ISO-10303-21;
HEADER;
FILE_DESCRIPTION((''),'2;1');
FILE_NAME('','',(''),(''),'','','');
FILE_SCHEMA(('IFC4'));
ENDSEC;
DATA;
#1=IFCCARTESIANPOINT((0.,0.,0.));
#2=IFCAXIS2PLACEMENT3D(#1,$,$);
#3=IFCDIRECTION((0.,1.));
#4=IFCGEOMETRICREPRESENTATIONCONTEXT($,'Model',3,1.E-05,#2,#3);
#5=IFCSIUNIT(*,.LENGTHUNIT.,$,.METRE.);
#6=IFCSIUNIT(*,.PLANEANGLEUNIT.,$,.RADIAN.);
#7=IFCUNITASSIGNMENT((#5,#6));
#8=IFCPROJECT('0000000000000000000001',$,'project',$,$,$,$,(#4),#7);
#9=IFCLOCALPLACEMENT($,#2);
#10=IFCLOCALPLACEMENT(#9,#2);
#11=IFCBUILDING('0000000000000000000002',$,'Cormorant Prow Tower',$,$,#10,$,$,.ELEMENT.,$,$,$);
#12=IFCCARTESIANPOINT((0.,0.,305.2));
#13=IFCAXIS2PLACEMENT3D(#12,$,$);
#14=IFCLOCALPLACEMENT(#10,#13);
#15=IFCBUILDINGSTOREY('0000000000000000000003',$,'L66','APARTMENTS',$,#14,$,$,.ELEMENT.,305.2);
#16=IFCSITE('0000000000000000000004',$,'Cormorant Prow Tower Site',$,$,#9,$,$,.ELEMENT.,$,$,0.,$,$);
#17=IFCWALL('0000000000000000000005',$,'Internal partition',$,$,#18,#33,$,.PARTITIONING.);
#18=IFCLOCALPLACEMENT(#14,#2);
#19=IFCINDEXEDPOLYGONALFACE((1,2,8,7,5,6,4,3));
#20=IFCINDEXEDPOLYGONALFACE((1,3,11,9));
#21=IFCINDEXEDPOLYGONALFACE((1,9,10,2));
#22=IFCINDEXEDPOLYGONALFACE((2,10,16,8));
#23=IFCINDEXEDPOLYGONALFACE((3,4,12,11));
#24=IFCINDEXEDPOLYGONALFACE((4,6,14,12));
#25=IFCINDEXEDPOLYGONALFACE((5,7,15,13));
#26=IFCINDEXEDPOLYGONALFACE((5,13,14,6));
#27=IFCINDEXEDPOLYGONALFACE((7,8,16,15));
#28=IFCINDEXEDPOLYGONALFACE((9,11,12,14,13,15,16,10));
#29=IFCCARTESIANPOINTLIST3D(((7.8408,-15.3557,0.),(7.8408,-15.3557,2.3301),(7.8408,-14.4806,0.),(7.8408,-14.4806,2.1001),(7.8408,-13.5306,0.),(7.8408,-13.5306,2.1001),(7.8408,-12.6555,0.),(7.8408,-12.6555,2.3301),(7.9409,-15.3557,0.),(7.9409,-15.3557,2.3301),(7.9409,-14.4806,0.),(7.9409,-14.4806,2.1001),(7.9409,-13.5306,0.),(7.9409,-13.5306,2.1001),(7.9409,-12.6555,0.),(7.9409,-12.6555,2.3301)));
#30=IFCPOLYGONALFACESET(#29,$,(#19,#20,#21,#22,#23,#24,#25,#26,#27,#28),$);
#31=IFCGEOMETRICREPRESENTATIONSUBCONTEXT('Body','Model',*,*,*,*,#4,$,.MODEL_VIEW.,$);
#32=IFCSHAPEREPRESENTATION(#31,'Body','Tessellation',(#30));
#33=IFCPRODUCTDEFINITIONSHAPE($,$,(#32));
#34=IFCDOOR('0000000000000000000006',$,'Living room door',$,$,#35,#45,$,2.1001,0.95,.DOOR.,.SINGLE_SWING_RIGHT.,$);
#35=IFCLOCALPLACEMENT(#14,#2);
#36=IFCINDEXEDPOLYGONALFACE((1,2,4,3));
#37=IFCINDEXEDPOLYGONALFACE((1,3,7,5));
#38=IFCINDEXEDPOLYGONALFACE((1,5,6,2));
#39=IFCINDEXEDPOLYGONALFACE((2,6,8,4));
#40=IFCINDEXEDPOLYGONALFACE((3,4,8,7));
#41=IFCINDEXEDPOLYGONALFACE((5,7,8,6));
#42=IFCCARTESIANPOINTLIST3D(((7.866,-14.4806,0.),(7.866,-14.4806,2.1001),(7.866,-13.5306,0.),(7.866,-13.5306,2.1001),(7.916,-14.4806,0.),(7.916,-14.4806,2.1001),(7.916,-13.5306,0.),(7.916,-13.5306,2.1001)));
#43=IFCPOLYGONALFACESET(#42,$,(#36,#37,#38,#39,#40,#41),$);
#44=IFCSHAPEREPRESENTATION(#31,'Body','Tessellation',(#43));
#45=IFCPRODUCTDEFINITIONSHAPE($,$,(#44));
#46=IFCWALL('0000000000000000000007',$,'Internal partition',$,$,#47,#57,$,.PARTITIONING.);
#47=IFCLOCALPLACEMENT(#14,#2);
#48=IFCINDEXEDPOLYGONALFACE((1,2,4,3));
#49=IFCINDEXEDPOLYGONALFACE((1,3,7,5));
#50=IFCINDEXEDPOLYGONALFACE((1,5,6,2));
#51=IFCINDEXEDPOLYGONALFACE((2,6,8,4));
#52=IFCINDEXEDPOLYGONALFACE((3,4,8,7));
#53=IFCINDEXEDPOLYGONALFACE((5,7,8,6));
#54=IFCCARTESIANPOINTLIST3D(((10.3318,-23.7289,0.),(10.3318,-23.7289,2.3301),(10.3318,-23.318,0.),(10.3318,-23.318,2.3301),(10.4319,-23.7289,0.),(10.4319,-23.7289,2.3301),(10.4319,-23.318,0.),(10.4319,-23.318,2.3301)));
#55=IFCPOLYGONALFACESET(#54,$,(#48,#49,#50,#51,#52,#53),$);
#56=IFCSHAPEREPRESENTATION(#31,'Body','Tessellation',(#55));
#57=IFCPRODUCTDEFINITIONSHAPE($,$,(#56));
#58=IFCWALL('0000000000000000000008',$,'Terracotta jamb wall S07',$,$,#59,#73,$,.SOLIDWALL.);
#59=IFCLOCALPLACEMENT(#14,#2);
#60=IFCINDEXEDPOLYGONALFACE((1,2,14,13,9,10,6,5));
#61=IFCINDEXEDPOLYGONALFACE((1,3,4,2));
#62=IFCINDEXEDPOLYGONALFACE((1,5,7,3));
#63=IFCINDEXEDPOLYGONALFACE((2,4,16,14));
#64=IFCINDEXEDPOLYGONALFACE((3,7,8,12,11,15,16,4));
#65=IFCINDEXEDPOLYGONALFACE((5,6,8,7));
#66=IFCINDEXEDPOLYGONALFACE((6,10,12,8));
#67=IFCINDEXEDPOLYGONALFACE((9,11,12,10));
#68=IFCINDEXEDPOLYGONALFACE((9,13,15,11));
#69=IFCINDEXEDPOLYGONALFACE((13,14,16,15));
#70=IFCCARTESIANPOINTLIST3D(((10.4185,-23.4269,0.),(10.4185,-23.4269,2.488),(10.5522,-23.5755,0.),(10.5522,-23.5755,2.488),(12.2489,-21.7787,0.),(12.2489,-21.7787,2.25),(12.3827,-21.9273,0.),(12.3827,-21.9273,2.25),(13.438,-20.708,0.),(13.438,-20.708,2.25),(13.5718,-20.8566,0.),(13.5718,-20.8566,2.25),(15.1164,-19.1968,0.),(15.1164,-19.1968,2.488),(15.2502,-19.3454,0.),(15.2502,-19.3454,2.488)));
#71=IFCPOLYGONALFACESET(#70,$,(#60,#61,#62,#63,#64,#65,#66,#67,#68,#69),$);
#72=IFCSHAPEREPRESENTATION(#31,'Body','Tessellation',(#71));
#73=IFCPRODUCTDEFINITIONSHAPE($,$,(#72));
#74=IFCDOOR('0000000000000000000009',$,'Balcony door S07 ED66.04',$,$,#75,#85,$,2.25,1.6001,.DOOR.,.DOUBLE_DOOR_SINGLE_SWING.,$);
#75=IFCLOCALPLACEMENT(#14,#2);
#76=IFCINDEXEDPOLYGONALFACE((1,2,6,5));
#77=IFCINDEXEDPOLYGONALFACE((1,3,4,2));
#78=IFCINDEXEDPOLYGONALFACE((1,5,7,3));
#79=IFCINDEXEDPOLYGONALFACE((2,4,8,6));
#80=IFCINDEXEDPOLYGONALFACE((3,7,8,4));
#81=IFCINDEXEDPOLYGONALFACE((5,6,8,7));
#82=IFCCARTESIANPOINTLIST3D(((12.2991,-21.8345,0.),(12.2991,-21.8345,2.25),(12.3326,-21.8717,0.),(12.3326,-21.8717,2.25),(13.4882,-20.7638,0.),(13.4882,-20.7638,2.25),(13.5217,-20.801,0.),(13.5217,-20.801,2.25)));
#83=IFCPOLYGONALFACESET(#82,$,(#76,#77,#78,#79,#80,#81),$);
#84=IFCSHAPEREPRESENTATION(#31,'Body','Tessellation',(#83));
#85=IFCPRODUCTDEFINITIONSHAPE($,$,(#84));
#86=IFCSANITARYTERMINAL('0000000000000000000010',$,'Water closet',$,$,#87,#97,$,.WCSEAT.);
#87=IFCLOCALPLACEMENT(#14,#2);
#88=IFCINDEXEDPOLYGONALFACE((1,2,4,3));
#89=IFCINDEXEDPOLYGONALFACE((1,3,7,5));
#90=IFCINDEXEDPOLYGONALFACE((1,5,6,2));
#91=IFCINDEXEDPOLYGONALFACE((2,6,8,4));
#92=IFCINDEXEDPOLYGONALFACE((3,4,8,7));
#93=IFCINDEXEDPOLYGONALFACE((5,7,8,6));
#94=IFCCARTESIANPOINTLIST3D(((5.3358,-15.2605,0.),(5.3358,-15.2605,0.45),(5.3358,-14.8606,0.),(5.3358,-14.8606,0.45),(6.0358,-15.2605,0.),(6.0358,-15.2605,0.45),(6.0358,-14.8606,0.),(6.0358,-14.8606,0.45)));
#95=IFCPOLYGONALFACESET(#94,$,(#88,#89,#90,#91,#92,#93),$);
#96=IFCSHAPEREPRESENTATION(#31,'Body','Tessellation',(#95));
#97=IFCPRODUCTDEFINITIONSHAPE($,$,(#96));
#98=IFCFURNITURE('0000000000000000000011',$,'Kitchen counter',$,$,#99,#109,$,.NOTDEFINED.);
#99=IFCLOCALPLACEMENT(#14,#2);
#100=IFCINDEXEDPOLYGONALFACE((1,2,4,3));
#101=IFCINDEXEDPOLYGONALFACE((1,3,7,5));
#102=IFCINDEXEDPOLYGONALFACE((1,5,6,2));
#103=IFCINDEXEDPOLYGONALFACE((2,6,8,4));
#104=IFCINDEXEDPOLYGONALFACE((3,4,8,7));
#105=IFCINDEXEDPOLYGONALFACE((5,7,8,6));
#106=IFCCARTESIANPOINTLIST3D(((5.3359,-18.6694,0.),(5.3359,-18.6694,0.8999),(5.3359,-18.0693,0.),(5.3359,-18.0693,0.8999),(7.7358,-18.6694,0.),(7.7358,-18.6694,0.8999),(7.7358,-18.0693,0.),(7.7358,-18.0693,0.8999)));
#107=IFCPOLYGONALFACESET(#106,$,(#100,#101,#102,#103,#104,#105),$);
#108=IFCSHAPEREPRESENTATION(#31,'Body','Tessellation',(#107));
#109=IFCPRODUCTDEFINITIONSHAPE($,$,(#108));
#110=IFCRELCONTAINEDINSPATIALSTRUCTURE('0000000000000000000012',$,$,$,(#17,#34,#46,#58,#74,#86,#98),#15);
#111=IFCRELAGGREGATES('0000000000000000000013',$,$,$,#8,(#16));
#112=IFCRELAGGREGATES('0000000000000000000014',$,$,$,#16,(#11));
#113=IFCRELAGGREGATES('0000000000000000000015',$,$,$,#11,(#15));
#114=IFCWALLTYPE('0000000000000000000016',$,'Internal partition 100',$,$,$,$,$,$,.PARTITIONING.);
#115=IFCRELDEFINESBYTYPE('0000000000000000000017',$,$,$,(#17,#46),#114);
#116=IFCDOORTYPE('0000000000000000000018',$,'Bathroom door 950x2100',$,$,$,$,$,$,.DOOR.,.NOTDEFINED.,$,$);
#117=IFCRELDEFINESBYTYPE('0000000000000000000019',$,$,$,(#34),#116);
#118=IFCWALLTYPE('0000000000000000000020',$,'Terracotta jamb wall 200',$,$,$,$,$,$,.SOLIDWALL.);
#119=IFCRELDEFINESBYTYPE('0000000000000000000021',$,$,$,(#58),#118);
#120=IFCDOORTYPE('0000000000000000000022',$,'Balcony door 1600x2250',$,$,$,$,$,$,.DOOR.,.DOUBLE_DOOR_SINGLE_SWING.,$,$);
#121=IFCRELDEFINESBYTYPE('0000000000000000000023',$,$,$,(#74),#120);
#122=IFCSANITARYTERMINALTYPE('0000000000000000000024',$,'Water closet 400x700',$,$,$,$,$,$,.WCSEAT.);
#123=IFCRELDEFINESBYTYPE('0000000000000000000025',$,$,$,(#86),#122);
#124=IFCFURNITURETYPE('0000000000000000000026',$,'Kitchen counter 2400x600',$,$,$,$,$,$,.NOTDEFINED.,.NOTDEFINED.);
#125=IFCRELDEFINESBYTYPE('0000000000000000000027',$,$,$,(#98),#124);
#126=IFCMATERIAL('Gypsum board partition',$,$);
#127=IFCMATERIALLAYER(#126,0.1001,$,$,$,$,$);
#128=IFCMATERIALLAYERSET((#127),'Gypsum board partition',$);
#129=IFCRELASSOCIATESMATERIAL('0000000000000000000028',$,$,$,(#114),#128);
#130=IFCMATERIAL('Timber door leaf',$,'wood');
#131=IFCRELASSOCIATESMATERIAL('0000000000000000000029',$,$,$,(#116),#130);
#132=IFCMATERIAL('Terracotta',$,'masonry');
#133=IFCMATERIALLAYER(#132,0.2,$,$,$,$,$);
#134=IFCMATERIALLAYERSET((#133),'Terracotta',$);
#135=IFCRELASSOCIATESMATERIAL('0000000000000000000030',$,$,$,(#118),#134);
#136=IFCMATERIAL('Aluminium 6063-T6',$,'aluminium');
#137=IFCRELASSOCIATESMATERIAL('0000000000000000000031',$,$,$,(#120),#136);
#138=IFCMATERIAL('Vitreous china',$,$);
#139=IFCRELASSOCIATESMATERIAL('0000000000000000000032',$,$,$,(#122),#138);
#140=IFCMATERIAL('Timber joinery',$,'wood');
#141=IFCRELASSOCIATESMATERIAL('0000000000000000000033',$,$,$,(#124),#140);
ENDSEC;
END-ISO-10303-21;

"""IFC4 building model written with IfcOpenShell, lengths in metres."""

from ifc_helpers import new_model, si_unit, direction, frame, frame_2d, origin, origin_2d, place, context, subcontext, project, spatial, rectangle, extrude, material, layer, layer_set, type_object, element, fill, save


model = new_model("IFC4")

# Units and contexts
model_context = context("Model", 3, precision=1e-05, world=origin(), true_north=direction((0.0, 1.0)))
body_context = subcontext(model_context, "Body", "Model", "MODEL_VIEW")
ifc_project = project(units=[si_unit("LENGTHUNIT", "METRE"), si_unit("PLANEANGLEUNIT", "RADIAN")], contexts=[model_context])

# Site, building, storey
site_placement = place(None, origin())
site = spatial("IfcSite", under=ifc_project, at=site_placement, Name="Cormorant Prow Tower Site", CompositionType="ELEMENT", RefElevation=0.0)
building_placement = place(site_placement, origin())
building = spatial("IfcBuilding", under=site, at=building_placement, Name="Cormorant Prow Tower", CompositionType="ELEMENT")
storey_placement = place(building_placement, frame((0.0, 0.0, 305.2)))
storey = spatial("IfcBuildingStorey", under=building, at=storey_placement, Name="L66", Description="APARTMENTS", CompositionType="ELEMENT", Elevation=305.2)

# Wall, opening, door
ifc_material_1 = material(Name="Gypsum board partition")
ifc_layer_1 = layer(ifc_material_1, 0.1001)
ifc_layer_set_1 = layer_set([ifc_layer_1], Name="Gypsum board partition")
wall_type_1 = type_object("IfcWallType", Name="Internal partition 100", PredefinedType="PARTITIONING", material=ifc_layer_set_1)
ifc_material_2 = material(Name="Timber door leaf", Category="wood")
door_type_1 = type_object("IfcDoorType", Name="Bathroom door 950x2100", OperationType="NOTDEFINED", PredefinedType="DOOR", material=ifc_material_2)
wall_1_placement = place(storey_placement, frame((7.8909, -15.3557, 0.0), z_axis=(0.0, 0.0, 1.0), x_axis=(0.0, 1.0, 0.0)))
wall_1 = element("IfcWall", 1, at=wall_1_placement, inside=storey, type_object=wall_type_1, Name="Internal partition", PredefinedType="PARTITIONING", context=body_context, shape_type="SweptSolid", body=[
    extrude(rectangle(XDim=2.7002, YDim=0.1001, at=frame_2d((1.3501, 0.0))), origin(), (0.0, 0.0, 1.0), 2.3301),
])
opening_1_placement = place(wall_1_placement, frame((0.875, 0.0, 0.0)))
opening_1 = element("IfcOpeningElement", 2, at=opening_1_placement, cuts=wall_1, PredefinedType="OPENING", context=body_context, shape_type="SweptSolid", body=[
    extrude(rectangle(XDim=0.95, YDim=2.1001, at=frame_2d((0.4751, 1.05))), frame((0.0, 0.0601, 0.0), z_axis=(0.0, -1.0, 0.0), x_axis=(1.0, 0.0, 0.0)), (0.0, 0.0, 1.0), 0.1201),
])
door_1_placement = place(opening_1_placement, origin())
door_1 = element("IfcDoor", 3, at=door_1_placement, inside=storey, type_object=door_type_1, Name="Living room door", OperationType="SINGLE_SWING_RIGHT", OverallHeight=2.1001, OverallWidth=0.95, PredefinedType="DOOR", context=body_context, shape_type="SweptSolid", body=[
    extrude(rectangle(XDim=0.95, YDim=2.1001, at=frame_2d((0.4751, 1.05))), frame((0.0, 0.0249, 0.0), z_axis=(0.0, -1.0, 0.0), x_axis=(1.0, 0.0, 0.0)), (0.0, 0.0, 1.0), 0.05),
])
fill(opening_1, door_1)

# Wall
wall_2_placement = place(storey_placement, frame((10.3818, -23.729, 0.0), z_axis=(0.0, 0.0, 1.0), x_axis=(0.0, 1.0, 0.0)))
element("IfcWall", 4, at=wall_2_placement, inside=storey, type_object=wall_type_1, Name="Internal partition", PredefinedType="PARTITIONING", context=body_context, shape_type="SweptSolid", body=[
    extrude(rectangle(XDim=0.4109, YDim=0.1001, at=frame_2d((0.2056, 0.0))), origin(), (0.0, 0.0, 1.0), 2.3301),
])

# Wall, opening, door
ifc_material_3 = material(Name="Terracotta", Category="masonry")
ifc_layer_2 = layer(ifc_material_3, 0.2)
ifc_layer_set_2 = layer_set([ifc_layer_2], Name="Terracotta")
wall_type_2 = type_object("IfcWallType", Name="Terracotta jamb wall 200", PredefinedType="SOLIDWALL", material=ifc_layer_set_2)
wall_3_placement = place(storey_placement, frame((10.4854, -23.5012, 0.0), z_axis=(0.0, 0.0, 1.0), x_axis=(0.743135, 0.669142, 0.0)))
wall_3 = element("IfcWall", 5, at=wall_3_placement, inside=storey, type_object=wall_type_2, Name="Terracotta jamb wall S07", PredefinedType="SOLIDWALL", context=body_context, shape_type="SweptSolid", body=[
    extrude(rectangle(XDim=6.3218, YDim=0.2, at=frame_2d((3.1609, 0.0))), origin(), (0.0, 0.0, 1.0), 2.488),
])
opening_2_placement = place(wall_3_placement, frame((2.4631, 0.0, 0.0)))
opening_2 = element("IfcOpeningElement", 6, at=opening_2_placement, cuts=wall_3, PredefinedType="OPENING", context=body_context, shape_type="SweptSolid", body=[
    extrude(rectangle(XDim=1.6001, YDim=2.25, at=frame_2d((0.8, 1.125))), frame((0.0, 0.1099, 0.0), z_axis=(0.0, -1.0, 0.0), x_axis=(1.0, 0.0, 0.0)), (0.0, 0.0, 1.0), 0.22),
])
ifc_material_4 = material(Name="Aluminium 6063-T6", Category="aluminium")
door_type_2 = type_object("IfcDoorType", Name="Balcony door 1600x2250", OperationType="DOUBLE_DOOR_SINGLE_SWING", PredefinedType="DOOR", material=ifc_material_4)
door_2_placement = place(opening_2_placement, origin())
door_2 = element("IfcDoor", 7, at=door_2_placement, inside=storey, type_object=door_type_2, Name="Balcony door S07 ED66.04", OperationType="DOUBLE_DOOR_SINGLE_SWING", OverallHeight=2.25, OverallWidth=1.6001, PredefinedType="DOOR", context=body_context, shape_type="SweptSolid", body=[
    extrude(rectangle(XDim=1.6001, YDim=2.25, at=frame_2d((0.8, 1.125))), frame((0.0, 0.0249, 0.0), z_axis=(0.0, -1.0, 0.0), x_axis=(1.0, 0.0, 0.0)), (0.0, 0.0, 1.0), 0.05),
])
fill(opening_2, door_2)

# Sanitary terminal
ifc_material_5 = material(Name="Vitreous china")
sanitary_terminal_type = type_object("IfcSanitaryTerminalType", Name="Water closet 400x700", PredefinedType="WCSEAT", material=ifc_material_5)
sanitary_terminal_placement = place(storey_placement, frame((5.6858, -15.0605, 0.0), z_axis=(0.0, 0.0, 1.0), x_axis=(0.0, 1.0, 0.0)))
element("IfcSanitaryTerminal", 8, at=sanitary_terminal_placement, inside=storey, type_object=sanitary_terminal_type, Name="Water closet", PredefinedType="WCSEAT", context=body_context, shape_type="SweptSolid", body=[
    extrude(rectangle(XDim=0.3999, YDim=0.7, at=origin_2d()), origin(), (0.0, 0.0, 1.0), 0.45),
])

# Furniture
ifc_material_6 = material(Name="Timber joinery", Category="wood")
furniture_type = type_object("IfcFurnitureType", Name="Kitchen counter 2400x600", AssemblyPlace="NOTDEFINED", PredefinedType="NOTDEFINED", material=ifc_material_6)
furniture_placement = place(storey_placement, frame((6.5359, -18.3694, 0.0), z_axis=(0.0, 0.0, 1.0), x_axis=(1.0, 0.0, 0.0)))
element("IfcFurniture", 9, at=furniture_placement, inside=storey, type_object=furniture_type, Name="Kitchen counter", PredefinedType="NOTDEFINED", context=body_context, shape_type="SweptSolid", body=[
    extrude(rectangle(XDim=2.3999, YDim=0.6001, at=origin_2d()), origin(), (0.0, 0.0, 1.0), 0.8999),
])

save(model, "model.ifc")
